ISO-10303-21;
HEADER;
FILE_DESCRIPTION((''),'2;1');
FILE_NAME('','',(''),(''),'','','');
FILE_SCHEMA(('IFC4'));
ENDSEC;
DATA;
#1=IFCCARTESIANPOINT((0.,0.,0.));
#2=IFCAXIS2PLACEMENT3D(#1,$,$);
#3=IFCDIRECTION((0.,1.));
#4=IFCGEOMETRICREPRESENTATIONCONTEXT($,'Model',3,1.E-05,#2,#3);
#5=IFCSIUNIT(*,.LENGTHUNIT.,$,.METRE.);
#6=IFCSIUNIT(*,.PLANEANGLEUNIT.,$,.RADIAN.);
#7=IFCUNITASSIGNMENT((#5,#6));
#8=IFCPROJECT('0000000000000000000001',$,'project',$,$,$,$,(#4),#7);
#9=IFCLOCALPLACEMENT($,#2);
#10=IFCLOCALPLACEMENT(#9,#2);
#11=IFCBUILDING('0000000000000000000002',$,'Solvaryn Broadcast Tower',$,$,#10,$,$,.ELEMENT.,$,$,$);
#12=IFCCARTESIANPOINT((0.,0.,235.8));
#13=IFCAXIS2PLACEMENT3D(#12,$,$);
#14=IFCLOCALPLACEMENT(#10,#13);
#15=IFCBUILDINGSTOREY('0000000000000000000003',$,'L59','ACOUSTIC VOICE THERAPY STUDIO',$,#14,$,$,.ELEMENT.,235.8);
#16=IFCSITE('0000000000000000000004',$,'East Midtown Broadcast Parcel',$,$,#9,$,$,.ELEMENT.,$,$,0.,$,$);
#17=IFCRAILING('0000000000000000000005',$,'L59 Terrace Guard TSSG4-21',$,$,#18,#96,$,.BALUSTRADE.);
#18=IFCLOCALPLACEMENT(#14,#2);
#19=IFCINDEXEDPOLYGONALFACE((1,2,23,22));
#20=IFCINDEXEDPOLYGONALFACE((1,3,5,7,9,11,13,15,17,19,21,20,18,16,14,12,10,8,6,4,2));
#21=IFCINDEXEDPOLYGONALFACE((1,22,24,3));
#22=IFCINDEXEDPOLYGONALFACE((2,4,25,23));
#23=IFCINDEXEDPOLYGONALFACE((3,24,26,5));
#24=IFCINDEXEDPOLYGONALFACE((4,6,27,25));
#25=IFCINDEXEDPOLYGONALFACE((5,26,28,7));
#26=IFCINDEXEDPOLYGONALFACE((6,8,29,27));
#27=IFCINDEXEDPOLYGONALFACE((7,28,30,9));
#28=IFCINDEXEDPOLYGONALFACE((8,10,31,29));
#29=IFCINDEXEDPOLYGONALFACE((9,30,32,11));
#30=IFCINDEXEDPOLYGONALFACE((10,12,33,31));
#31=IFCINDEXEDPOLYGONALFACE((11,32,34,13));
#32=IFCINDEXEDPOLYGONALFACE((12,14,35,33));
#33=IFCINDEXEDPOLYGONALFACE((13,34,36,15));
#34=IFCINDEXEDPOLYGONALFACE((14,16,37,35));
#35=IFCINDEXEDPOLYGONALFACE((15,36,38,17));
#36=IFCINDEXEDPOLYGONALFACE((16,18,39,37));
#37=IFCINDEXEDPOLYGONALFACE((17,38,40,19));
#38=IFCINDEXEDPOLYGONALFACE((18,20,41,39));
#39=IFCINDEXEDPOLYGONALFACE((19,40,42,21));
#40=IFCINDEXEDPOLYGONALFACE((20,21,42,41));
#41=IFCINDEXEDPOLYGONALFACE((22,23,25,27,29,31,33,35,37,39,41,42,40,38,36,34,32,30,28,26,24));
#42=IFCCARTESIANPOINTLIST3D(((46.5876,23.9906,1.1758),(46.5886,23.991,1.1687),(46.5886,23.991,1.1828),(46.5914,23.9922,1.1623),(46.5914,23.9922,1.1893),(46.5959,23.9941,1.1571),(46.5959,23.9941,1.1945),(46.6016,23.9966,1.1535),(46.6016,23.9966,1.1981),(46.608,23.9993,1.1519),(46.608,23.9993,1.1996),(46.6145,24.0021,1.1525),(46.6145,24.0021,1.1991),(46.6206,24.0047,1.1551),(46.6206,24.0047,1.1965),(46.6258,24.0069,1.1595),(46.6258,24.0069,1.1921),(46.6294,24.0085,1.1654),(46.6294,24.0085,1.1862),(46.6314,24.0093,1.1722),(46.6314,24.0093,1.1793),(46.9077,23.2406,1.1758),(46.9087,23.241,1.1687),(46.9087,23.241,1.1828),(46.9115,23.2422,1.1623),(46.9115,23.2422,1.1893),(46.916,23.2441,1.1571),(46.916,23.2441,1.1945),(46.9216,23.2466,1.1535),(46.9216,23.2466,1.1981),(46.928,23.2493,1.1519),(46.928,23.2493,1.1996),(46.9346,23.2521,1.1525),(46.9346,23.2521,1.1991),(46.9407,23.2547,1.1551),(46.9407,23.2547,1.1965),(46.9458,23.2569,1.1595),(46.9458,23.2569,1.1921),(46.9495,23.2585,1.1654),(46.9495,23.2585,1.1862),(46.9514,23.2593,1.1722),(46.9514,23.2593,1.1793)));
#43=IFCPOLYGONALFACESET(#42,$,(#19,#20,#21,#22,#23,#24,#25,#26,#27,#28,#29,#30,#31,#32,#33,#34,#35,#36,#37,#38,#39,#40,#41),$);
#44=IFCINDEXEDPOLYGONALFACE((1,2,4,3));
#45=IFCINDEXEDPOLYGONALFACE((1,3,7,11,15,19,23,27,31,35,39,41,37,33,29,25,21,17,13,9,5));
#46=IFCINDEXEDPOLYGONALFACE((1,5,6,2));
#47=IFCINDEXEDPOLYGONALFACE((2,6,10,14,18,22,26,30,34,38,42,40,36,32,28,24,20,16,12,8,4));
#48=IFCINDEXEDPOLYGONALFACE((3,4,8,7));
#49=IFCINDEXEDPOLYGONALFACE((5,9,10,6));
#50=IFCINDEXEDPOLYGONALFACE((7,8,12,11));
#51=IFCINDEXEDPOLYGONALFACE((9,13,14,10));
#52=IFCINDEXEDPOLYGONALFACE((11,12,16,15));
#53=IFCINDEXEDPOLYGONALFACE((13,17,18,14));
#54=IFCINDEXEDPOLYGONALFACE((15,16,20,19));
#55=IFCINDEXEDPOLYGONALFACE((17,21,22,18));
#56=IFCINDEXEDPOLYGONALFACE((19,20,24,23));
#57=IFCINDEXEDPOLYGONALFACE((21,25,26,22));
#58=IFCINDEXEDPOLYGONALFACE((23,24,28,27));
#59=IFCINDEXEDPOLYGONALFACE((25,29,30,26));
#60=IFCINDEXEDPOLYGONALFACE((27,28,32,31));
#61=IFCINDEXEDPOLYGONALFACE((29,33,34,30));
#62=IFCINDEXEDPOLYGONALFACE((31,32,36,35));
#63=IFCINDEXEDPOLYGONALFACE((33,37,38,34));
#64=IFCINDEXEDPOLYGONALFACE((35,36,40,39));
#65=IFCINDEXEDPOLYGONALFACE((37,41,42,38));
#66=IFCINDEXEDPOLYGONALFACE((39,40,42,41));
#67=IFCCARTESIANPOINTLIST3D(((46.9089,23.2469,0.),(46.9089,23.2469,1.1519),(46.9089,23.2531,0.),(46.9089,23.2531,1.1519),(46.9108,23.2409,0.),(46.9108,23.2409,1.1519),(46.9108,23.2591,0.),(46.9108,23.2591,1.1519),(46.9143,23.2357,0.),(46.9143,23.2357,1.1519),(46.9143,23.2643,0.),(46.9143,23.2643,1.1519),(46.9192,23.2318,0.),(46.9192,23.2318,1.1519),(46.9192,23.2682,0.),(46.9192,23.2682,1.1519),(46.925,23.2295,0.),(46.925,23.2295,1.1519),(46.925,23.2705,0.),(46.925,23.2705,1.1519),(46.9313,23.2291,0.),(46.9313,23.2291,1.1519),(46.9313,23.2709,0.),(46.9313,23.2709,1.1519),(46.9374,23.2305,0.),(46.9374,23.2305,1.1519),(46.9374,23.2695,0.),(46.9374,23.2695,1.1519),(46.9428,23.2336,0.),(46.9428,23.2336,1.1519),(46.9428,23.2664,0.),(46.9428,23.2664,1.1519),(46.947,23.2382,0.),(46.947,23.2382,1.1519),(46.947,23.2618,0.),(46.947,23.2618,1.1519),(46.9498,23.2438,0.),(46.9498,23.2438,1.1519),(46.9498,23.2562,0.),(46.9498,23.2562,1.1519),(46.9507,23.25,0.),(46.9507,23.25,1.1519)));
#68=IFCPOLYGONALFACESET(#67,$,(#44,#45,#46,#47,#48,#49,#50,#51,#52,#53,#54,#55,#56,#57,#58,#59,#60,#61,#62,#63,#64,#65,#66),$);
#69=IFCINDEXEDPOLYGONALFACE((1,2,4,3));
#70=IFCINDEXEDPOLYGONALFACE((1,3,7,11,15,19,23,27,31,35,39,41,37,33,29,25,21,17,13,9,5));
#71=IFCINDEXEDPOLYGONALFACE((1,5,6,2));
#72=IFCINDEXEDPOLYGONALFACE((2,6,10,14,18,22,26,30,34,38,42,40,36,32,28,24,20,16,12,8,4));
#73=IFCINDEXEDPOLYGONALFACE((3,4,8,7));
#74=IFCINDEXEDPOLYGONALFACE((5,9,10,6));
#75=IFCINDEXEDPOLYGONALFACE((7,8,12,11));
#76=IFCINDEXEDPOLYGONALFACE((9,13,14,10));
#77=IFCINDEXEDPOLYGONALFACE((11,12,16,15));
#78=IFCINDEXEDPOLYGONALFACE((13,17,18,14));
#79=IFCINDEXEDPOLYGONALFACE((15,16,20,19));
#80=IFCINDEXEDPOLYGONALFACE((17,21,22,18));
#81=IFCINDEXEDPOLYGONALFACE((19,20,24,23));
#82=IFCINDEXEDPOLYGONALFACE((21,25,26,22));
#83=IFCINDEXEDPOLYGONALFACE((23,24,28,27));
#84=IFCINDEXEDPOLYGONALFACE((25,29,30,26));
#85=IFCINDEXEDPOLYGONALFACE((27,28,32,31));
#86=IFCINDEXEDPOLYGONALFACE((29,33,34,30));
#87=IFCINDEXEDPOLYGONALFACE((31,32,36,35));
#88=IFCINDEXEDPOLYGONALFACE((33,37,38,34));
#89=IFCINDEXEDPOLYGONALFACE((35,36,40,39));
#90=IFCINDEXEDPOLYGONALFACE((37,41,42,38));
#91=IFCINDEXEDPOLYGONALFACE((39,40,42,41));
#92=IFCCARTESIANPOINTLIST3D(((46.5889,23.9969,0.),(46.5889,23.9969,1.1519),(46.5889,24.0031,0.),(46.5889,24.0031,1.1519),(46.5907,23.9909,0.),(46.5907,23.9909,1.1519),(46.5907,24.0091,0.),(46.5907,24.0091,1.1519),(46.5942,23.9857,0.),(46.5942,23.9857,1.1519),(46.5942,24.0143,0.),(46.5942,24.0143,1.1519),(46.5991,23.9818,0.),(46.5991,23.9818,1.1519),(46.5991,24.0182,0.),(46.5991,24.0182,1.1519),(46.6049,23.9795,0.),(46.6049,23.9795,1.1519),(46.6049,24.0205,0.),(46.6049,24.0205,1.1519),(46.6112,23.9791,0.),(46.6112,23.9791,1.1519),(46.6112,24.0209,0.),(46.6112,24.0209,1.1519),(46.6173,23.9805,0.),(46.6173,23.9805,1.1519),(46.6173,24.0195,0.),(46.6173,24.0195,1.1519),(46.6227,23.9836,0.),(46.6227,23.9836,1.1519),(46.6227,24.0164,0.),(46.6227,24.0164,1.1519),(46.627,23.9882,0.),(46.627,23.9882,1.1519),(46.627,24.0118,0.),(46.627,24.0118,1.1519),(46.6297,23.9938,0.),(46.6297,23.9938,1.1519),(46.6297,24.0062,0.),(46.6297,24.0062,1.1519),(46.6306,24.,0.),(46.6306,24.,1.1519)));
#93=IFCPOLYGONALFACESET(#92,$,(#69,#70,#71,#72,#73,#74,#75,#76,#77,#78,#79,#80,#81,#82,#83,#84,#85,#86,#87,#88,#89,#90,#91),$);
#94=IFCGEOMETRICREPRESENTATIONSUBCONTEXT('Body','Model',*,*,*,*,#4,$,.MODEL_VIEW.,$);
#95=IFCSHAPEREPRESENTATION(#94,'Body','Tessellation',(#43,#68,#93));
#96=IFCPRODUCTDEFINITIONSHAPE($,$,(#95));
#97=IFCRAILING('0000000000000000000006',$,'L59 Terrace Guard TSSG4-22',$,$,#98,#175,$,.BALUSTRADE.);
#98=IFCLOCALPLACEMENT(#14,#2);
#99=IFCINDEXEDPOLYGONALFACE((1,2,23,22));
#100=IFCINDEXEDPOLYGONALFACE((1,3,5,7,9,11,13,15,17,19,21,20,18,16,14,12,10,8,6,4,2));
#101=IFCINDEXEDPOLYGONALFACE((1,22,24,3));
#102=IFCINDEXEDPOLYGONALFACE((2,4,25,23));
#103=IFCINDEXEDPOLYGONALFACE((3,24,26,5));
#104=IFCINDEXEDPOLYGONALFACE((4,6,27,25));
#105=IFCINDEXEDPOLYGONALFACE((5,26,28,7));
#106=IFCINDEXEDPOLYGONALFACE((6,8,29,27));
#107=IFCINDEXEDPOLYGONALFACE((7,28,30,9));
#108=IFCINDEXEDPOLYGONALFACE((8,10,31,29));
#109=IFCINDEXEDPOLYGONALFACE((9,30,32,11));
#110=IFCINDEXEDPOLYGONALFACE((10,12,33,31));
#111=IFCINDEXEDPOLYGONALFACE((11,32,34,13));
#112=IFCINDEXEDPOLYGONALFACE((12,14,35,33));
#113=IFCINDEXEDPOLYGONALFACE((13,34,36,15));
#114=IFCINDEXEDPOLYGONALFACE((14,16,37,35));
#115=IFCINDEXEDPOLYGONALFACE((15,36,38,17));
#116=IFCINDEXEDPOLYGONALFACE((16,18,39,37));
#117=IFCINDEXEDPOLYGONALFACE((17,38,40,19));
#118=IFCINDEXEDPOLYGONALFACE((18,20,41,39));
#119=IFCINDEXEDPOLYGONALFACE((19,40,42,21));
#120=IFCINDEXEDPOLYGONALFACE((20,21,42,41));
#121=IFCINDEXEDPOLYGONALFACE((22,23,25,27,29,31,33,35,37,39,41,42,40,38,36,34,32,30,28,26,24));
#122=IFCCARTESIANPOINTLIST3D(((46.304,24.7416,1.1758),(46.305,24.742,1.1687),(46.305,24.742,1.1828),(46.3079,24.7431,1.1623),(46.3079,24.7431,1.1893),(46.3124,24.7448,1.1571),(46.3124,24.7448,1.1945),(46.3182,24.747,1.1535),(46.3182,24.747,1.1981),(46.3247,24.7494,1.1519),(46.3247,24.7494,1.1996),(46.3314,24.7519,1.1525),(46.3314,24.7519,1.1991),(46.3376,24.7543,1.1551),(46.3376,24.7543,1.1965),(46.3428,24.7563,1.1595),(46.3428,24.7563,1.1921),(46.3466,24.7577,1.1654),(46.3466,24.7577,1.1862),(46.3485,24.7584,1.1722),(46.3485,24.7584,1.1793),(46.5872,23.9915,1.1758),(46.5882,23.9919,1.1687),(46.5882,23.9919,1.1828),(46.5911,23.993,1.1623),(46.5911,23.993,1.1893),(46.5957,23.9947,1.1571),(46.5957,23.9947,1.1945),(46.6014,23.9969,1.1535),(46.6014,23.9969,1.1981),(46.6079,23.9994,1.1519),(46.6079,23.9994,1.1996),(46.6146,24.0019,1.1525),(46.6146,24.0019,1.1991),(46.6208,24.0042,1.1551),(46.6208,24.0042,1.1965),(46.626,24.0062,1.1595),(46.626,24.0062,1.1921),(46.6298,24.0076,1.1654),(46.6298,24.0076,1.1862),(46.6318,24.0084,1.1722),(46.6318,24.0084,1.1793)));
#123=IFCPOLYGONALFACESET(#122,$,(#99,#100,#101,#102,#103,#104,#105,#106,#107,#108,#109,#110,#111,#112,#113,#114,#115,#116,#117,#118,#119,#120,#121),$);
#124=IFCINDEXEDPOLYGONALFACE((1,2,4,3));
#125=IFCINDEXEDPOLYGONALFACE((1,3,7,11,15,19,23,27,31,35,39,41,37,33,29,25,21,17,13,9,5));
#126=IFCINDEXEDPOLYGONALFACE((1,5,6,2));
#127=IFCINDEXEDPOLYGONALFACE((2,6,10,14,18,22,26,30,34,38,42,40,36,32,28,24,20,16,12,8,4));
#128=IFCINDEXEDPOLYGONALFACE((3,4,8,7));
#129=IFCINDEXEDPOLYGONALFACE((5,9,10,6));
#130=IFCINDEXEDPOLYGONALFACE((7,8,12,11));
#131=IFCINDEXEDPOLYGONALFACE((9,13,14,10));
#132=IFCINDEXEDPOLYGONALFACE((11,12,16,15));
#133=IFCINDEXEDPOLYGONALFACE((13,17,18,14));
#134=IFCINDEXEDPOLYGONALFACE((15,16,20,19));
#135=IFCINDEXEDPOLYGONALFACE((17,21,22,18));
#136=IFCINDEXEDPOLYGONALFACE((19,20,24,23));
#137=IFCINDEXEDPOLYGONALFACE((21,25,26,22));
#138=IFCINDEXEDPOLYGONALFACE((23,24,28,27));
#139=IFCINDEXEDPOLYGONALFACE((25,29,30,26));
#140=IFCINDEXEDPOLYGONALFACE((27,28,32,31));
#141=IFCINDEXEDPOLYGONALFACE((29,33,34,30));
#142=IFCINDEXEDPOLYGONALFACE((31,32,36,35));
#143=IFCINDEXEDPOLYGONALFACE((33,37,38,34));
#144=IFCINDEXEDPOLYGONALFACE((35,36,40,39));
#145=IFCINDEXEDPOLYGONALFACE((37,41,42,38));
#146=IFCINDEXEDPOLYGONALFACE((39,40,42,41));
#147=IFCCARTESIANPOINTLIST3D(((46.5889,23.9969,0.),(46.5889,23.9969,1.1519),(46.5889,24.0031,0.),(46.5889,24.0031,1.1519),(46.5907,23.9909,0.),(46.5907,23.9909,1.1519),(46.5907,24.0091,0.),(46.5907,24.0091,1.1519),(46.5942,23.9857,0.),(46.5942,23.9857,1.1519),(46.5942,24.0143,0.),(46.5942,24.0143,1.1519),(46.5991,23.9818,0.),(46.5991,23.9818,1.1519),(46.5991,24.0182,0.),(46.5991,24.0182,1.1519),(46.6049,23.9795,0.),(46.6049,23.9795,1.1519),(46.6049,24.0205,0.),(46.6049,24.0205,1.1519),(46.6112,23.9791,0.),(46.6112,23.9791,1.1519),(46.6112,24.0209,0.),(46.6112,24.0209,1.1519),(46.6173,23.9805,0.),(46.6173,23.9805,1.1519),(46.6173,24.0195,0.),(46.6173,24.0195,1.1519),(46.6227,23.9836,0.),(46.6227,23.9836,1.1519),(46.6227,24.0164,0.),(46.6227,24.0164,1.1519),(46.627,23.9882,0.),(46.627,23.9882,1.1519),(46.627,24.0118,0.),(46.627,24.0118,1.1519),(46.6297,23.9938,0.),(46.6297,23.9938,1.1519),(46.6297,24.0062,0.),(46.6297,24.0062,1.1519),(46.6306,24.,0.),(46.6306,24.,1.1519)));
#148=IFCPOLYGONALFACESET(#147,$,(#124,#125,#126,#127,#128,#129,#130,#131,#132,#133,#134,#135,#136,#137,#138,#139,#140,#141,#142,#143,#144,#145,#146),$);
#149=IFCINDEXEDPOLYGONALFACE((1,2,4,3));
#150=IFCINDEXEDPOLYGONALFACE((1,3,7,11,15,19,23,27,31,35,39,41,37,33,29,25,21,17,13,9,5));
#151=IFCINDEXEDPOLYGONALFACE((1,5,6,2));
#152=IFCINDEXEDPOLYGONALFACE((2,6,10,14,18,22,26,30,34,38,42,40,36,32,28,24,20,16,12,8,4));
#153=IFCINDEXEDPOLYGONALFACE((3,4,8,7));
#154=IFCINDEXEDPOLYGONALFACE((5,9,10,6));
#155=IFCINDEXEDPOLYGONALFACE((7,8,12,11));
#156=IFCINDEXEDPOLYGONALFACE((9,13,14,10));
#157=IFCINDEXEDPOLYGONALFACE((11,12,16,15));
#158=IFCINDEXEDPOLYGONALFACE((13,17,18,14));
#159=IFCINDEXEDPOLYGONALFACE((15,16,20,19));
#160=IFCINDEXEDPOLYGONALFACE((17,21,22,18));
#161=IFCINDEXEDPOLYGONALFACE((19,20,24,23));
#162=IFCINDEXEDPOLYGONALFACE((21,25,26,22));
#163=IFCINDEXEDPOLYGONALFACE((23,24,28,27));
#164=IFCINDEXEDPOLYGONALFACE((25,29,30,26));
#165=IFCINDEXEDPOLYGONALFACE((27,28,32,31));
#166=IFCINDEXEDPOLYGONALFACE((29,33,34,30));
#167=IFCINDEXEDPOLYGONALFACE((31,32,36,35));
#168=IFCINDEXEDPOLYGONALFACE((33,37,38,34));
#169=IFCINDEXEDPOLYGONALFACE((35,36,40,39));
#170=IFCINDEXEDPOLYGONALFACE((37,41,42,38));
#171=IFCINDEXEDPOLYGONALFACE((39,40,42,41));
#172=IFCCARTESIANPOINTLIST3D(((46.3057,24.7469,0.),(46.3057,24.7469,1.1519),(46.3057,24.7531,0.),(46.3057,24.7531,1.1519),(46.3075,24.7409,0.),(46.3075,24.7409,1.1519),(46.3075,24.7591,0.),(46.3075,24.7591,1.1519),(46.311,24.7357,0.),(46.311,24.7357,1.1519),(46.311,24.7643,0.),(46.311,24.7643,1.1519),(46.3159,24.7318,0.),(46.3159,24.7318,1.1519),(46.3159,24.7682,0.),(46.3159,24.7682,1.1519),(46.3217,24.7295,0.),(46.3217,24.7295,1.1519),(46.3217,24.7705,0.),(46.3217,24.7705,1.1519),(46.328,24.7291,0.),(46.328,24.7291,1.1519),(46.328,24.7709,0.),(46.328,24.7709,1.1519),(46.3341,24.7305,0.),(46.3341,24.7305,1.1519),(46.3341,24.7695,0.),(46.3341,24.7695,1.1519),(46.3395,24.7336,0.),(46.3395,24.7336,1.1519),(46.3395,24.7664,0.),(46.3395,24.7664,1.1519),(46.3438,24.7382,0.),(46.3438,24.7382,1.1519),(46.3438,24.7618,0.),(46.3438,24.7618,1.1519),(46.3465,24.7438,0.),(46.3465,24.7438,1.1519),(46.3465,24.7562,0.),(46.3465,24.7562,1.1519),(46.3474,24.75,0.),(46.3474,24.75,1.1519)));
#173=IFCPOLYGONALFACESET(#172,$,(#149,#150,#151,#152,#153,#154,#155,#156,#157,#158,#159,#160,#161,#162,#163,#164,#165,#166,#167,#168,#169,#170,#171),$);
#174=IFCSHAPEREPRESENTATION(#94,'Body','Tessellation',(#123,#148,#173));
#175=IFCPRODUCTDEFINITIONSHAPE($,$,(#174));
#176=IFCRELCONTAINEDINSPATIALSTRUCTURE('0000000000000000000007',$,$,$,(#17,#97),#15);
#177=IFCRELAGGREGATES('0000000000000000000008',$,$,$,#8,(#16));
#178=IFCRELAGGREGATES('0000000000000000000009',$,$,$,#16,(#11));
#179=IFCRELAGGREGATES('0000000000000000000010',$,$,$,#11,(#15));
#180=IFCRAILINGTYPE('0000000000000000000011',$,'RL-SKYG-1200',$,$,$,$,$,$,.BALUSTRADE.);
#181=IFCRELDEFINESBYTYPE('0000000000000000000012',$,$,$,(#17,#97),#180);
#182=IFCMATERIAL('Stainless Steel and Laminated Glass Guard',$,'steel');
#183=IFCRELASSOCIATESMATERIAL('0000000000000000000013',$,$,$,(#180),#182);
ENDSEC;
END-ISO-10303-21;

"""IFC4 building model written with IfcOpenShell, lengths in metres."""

from ifc_helpers import new_model, si_unit, direction, frame, origin, origin_2d, place, context, subcontext, project, spatial, circle, extrude, material, type_object, element, save


model = new_model("IFC4")

# Units and contexts
model_context = context("Model", 3, precision=1e-05, world=origin(), true_north=direction((0.0, 1.0)))
body_context = subcontext(model_context, "Body", "Model", "MODEL_VIEW")
ifc_project = project(units=[si_unit("LENGTHUNIT", "METRE"), si_unit("PLANEANGLEUNIT", "RADIAN")], contexts=[model_context])

# Site, building, storey
site_placement = place(None, origin())
site = spatial("IfcSite", under=ifc_project, at=site_placement, Name="East Midtown Broadcast Parcel", CompositionType="ELEMENT", RefElevation=0.0)
building_placement = place(site_placement, origin())
building = spatial("IfcBuilding", under=site, at=building_placement, Name="Solvaryn Broadcast Tower", CompositionType="ELEMENT")
storey_placement = place(building_placement, frame((0.0, 0.0, 235.8)))
storey = spatial("IfcBuildingStorey", under=building, at=storey_placement, Name="L59", Description="ACOUSTIC VOICE THERAPY STUDIO", CompositionType="ELEMENT", Elevation=235.8)

# Railings
ifc_material_1 = material(Name="Stainless Steel and Laminated Glass Guard", Category="steel")
railing_type = type_object("IfcRailingType", Name="RL-SKYG-1200", PredefinedType="BALUSTRADE", material=ifc_material_1)
railing_1_placement = place(storey_placement, frame((46.9297, 23.25, 0.0)))
element("IfcRailing", 1, at=railing_1_placement, inside=storey, type_object=railing_type, Name="L59 Terrace Guard TSSG4-21", PredefinedType="BALUSTRADE", context=body_context, shape_type="SweptSolid", body=[
    extrude(circle(Radius=0.0239, at=origin_2d()), frame((0.0, 0.0, 1.1758), z_axis=(-0.39251, 0.919748, 0.0), x_axis=(-0.919748, -0.39251, 0.0)), (0.0, 0.0, 1.0), 0.8154),
    extrude(circle(Radius=0.021, at=origin_2d()), origin(), (0.0, 0.0, 1.0), 1.1519),
    extrude(circle(Radius=0.021, at=origin_2d()), frame((-0.3201, 0.75, 0.0)), (0.0, 0.0, 1.0), 1.1519),
])
railing_2_placement = place(storey_placement, frame((46.6096, 24.0, 0.0)))
element("IfcRailing", 2, at=railing_2_placement, inside=storey, type_object=railing_type, Name="L59 Terrace Guard TSSG4-22", PredefinedType="BALUSTRADE", context=body_context, shape_type="SweptSolid", body=[
    extrude(circle(Radius=0.0239, at=origin_2d()), frame((0.0, 0.0, 1.1758), z_axis=(-0.353258, 0.935526, 0.0), x_axis=(-0.935526, -0.353258, 0.0)), (0.0, 0.0, 1.0), 0.8018),
    extrude(circle(Radius=0.021, at=origin_2d()), origin(), (0.0, 0.0, 1.0), 1.1519),
    extrude(circle(Radius=0.021, at=origin_2d()), frame((-0.2832, 0.75, 0.0)), (0.0, 0.0, 1.0), 1.1519),
])

save(model, "model.ifc")
